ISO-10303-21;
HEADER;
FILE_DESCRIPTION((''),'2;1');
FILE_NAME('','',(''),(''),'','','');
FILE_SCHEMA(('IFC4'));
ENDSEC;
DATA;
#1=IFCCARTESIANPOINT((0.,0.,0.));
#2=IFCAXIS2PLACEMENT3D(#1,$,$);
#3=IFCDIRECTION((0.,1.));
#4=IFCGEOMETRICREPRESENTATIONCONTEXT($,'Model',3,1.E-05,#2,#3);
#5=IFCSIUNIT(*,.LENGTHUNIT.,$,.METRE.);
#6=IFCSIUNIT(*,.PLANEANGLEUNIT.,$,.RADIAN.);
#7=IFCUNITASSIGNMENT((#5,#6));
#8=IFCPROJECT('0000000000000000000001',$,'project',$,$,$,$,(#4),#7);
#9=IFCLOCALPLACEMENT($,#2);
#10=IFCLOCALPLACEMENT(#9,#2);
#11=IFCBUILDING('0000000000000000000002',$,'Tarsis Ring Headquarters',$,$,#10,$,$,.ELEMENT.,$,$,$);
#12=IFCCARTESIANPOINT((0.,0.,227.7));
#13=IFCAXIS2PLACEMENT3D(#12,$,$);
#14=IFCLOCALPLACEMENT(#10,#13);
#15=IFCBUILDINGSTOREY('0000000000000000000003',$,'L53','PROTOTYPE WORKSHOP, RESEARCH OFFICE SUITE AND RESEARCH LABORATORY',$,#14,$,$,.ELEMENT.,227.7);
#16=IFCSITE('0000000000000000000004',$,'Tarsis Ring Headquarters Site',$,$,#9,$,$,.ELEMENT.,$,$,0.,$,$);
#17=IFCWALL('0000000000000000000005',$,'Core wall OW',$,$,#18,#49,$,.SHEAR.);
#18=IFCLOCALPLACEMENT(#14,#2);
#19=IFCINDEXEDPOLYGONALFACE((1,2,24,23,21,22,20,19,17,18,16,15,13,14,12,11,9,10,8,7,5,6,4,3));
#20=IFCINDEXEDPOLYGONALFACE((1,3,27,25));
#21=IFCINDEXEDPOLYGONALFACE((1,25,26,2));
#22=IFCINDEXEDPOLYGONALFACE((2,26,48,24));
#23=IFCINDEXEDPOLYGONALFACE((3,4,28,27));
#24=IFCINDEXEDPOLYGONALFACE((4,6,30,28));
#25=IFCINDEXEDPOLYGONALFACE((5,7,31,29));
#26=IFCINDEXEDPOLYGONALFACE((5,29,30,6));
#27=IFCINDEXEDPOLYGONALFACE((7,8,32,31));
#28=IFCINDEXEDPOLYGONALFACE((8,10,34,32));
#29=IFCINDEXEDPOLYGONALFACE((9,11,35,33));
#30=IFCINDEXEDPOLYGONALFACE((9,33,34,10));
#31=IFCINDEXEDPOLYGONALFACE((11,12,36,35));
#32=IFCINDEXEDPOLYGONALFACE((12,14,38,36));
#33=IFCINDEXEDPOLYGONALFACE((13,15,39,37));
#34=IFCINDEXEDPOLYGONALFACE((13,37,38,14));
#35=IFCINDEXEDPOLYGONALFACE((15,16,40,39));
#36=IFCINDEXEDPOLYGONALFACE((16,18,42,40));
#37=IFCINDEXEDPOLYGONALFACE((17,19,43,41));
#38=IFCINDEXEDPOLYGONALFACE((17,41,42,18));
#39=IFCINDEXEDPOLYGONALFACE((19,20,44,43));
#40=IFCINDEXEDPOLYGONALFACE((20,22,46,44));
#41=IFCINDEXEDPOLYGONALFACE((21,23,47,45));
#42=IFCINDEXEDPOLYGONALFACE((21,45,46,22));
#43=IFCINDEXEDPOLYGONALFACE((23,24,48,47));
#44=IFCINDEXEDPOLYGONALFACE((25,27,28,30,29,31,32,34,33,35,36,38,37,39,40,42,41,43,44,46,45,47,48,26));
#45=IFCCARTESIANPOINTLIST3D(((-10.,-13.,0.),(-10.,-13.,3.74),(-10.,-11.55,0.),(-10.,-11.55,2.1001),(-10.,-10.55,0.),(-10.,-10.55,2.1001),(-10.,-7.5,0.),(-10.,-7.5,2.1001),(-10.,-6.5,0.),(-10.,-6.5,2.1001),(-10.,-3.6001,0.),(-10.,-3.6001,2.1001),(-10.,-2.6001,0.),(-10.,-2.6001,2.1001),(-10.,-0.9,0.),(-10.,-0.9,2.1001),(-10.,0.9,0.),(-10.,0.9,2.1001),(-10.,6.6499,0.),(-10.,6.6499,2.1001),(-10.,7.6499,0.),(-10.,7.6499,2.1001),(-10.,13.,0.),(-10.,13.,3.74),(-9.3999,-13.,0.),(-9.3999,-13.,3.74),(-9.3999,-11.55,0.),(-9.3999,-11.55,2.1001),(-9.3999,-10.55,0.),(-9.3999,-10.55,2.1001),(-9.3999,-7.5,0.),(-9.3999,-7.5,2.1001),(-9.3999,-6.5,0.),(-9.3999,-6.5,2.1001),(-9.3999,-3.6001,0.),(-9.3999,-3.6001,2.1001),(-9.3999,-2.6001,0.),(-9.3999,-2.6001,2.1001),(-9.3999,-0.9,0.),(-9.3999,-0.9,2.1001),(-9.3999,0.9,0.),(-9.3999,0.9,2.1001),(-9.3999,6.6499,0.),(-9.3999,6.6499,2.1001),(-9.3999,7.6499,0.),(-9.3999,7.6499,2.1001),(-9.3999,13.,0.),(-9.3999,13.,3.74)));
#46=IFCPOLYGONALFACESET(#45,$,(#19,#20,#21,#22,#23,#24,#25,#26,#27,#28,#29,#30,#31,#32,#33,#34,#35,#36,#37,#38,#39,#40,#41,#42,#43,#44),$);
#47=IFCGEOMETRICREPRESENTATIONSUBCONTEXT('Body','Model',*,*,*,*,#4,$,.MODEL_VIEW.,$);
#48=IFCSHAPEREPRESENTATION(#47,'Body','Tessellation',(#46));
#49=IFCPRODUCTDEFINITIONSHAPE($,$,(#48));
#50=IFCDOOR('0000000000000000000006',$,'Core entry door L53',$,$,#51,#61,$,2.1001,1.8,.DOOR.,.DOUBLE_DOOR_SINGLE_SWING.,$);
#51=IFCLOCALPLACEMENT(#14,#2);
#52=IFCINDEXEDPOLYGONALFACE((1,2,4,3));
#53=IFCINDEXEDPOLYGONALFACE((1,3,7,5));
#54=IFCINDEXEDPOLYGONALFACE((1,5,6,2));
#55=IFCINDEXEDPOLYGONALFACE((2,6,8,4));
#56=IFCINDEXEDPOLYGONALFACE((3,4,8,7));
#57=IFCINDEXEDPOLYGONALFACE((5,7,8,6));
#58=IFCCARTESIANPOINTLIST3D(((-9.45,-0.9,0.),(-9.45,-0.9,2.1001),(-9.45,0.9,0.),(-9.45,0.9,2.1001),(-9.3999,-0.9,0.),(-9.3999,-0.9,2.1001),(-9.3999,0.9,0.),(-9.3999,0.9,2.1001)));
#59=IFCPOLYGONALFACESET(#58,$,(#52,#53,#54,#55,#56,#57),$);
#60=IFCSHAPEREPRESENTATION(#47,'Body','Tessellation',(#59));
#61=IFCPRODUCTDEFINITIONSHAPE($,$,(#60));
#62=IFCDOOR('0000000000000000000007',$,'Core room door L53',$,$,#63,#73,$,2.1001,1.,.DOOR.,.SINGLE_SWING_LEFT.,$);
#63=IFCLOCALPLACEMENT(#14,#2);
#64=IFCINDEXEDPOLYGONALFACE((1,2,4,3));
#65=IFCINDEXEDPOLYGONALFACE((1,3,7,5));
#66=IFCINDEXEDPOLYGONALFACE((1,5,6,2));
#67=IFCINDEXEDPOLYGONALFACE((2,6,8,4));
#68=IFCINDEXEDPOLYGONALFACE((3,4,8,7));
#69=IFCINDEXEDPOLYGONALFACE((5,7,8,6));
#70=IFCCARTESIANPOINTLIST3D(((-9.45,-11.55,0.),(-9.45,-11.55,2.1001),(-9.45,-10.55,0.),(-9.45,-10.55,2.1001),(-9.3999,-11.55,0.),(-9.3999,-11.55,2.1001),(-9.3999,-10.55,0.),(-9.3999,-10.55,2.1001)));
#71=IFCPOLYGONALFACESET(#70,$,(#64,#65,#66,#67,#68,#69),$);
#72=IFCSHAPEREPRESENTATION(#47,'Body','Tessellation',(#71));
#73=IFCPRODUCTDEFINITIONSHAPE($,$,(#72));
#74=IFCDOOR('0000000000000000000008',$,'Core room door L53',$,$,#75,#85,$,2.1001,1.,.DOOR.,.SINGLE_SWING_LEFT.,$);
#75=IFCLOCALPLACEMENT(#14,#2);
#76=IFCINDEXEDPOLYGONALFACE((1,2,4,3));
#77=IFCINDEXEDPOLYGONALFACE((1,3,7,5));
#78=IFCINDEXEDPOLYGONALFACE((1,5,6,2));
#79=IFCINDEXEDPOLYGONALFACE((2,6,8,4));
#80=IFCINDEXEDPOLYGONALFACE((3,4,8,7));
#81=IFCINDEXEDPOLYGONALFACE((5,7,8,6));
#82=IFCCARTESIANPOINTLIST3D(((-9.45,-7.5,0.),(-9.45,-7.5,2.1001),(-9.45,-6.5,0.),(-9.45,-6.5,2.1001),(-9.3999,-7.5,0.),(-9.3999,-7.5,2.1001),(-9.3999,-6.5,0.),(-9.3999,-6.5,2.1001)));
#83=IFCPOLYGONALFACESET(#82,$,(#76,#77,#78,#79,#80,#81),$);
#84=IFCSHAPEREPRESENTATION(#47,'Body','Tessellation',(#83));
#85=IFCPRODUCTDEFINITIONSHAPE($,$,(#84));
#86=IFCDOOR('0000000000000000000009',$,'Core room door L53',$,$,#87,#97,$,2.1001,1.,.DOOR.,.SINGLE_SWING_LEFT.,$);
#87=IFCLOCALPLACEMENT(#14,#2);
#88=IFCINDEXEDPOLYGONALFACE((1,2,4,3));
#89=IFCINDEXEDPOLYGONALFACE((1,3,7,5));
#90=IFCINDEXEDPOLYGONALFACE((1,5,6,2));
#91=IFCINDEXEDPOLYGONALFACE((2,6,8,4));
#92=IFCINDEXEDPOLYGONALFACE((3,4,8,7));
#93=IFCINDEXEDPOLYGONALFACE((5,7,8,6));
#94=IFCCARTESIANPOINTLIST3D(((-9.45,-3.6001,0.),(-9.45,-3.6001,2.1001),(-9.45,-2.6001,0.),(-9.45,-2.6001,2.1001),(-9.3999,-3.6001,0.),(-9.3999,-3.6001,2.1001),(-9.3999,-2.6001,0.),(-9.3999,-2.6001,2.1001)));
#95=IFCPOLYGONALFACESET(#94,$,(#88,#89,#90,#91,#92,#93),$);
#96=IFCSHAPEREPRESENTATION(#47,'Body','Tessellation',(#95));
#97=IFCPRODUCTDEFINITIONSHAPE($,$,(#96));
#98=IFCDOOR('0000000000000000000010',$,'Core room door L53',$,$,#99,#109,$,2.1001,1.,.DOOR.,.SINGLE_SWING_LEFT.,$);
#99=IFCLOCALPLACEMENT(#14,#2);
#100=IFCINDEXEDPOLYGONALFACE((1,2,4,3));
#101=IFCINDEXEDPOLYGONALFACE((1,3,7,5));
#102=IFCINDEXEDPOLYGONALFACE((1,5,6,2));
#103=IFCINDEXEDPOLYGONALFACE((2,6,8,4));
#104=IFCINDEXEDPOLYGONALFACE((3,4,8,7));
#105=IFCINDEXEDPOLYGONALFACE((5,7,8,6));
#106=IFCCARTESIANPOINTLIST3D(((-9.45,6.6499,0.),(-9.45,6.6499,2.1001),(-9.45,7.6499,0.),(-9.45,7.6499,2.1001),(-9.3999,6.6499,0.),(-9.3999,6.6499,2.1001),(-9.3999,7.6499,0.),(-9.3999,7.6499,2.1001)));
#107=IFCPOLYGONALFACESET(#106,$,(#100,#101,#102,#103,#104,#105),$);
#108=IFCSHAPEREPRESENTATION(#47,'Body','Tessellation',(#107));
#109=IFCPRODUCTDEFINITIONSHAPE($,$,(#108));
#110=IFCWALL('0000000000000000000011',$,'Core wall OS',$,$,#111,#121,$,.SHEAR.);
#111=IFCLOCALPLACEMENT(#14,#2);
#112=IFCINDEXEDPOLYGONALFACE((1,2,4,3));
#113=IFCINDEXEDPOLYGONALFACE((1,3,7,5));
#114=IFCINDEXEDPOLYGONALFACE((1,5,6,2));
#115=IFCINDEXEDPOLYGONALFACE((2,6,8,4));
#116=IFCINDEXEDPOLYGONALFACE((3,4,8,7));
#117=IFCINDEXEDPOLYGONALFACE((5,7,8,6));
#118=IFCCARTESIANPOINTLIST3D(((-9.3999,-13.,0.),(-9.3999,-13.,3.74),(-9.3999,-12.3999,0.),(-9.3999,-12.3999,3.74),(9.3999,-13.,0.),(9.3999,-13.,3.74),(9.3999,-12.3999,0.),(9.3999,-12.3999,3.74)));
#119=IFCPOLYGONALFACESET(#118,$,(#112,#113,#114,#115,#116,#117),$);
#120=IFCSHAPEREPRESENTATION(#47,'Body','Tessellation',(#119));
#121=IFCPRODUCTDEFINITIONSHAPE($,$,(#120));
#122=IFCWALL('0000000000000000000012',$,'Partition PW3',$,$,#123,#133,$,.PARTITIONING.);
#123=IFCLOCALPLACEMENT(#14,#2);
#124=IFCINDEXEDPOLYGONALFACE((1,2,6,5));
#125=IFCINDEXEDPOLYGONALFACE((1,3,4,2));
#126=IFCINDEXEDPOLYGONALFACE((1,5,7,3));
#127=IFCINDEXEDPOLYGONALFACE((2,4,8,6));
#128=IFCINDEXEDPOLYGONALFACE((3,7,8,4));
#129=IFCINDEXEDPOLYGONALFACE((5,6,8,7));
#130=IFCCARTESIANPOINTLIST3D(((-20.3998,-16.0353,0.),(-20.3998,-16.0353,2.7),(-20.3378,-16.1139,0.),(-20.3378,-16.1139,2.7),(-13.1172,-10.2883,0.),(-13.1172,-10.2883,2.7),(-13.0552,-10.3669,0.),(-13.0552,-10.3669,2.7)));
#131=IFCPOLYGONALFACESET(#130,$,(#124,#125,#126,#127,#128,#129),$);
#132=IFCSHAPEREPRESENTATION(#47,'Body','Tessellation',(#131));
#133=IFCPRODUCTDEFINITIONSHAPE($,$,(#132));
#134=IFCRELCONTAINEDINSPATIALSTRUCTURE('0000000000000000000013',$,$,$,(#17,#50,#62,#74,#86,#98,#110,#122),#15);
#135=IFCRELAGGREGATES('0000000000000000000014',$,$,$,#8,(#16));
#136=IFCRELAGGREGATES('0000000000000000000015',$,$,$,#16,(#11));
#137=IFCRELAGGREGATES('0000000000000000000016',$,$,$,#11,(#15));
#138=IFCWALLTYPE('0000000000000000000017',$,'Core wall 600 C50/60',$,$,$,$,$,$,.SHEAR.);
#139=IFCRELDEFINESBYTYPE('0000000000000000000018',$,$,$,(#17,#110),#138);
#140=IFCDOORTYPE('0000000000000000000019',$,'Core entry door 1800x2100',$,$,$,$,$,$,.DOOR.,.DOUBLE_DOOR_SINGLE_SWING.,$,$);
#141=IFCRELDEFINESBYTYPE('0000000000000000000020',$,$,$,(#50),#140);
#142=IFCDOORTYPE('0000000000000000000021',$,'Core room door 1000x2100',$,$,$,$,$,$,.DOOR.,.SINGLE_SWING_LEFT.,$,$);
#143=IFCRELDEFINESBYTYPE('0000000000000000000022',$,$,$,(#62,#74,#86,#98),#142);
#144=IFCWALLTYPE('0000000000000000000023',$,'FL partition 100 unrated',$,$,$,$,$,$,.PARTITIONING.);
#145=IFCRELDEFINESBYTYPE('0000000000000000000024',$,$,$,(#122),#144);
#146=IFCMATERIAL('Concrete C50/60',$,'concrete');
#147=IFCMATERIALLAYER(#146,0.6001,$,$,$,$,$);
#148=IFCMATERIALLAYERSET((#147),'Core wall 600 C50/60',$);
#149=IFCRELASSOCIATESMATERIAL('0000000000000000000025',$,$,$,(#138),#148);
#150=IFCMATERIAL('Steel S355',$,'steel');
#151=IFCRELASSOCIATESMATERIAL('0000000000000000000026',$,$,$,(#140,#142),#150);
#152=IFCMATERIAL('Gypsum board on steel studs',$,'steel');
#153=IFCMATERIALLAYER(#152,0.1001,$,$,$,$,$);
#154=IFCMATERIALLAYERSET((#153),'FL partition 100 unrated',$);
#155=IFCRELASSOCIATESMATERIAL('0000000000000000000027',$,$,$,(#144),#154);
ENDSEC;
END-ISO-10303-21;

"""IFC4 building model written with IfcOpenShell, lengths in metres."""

from ifc_helpers import new_model, si_unit, direction, frame, frame_2d, origin, place, context, subcontext, project, spatial, rectangle, extrude, material, layer, layer_set, type_object, element, fill, save


model = new_model("IFC4")

# Units and contexts
model_context = context("Model", 3, precision=1e-05, world=origin(), true_north=direction((0.0, 1.0)))
body_context = subcontext(model_context, "Body", "Model", "MODEL_VIEW")
ifc_project = project(units=[si_unit("LENGTHUNIT", "METRE"), si_unit("PLANEANGLEUNIT", "RADIAN")], contexts=[model_context])

# Site, building, storey
site_placement = place(None, origin())
site = spatial("IfcSite", under=ifc_project, at=site_placement, Name="Tarsis Ring Headquarters Site", CompositionType="ELEMENT", RefElevation=0.0)
building_placement = place(site_placement, origin())
building = spatial("IfcBuilding", under=site, at=building_placement, Name="Tarsis Ring Headquarters", CompositionType="ELEMENT")
storey_placement = place(building_placement, frame((0.0, 0.0, 227.7)))
storey = spatial("IfcBuildingStorey", under=building, at=storey_placement, Name="L53", Description="PROTOTYPE WORKSHOP, RESEARCH OFFICE SUITE AND RESEARCH LABORATORY", CompositionType="ELEMENT", Elevation=227.7)

# Wall, openings, doors
ifc_material_1 = material(Name="Concrete C50/60", Category="concrete")
ifc_layer_1 = layer(ifc_material_1, 0.6001)
ifc_layer_set_1 = layer_set([ifc_layer_1], Name="Core wall 600 C50/60")
wall_type_1 = type_object("IfcWallType", Name="Core wall 600 C50/60", PredefinedType="SHEAR", material=ifc_layer_set_1)
wall_1_placement = place(storey_placement, frame((-9.7, -13.0, 0.0), z_axis=(0.0, 0.0, 1.0), x_axis=(0.0, 1.0, 0.0)))
wall_1 = element("IfcWall", 1, at=wall_1_placement, inside=storey, type_object=wall_type_1, Name="Core wall OW", PredefinedType="SHEAR", context=body_context, shape_type="SweptSolid", body=[
    extrude(rectangle(XDim=26.0, YDim=0.6001, at=frame_2d((13.0, 0.0))), origin(), (0.0, 0.0, 1.0), 3.74),
])
opening_1_placement = place(wall_1_placement, frame((1.45, 0.0, 0.0)))
opening_1 = element("IfcOpeningElement", 2, at=opening_1_placement, cuts=wall_1, PredefinedType="OPENING", context=body_context, shape_type="SweptSolid", body=[
    extrude(rectangle(XDim=1.0, YDim=2.1001, at=frame_2d((0.5, 1.05))), frame((0.0, 0.3101, 0.0), z_axis=(0.0, -1.0, 0.0), x_axis=(1.0, 0.0, 0.0)), (0.0, 0.0, 1.0), 0.6201),
])
opening_2_placement = place(wall_1_placement, frame((5.5, 0.0, 0.0)))
opening_2 = element("IfcOpeningElement", 3, at=opening_2_placement, cuts=wall_1, PredefinedType="OPENING", context=body_context, shape_type="SweptSolid", body=[
    extrude(rectangle(XDim=1.0, YDim=2.1001, at=frame_2d((0.5, 1.05))), frame((0.0, 0.3101, 0.0), z_axis=(0.0, -1.0, 0.0), x_axis=(1.0, 0.0, 0.0)), (0.0, 0.0, 1.0), 0.6201),
])
opening_3_placement = place(wall_1_placement, frame((9.3999, 0.0, 0.0)))
opening_3 = element("IfcOpeningElement", 4, at=opening_3_placement, cuts=wall_1, PredefinedType="OPENING", context=body_context, shape_type="SweptSolid", body=[
    extrude(rectangle(XDim=1.0, YDim=2.1001, at=frame_2d((0.5, 1.05))), frame((0.0, 0.3101, 0.0), z_axis=(0.0, -1.0, 0.0), x_axis=(1.0, 0.0, 0.0)), (0.0, 0.0, 1.0), 0.6201),
])
opening_4_placement = place(wall_1_placement, frame((12.1001, 0.0, 0.0)))
opening_4 = element("IfcOpeningElement", 5, at=opening_4_placement, cuts=wall_1, PredefinedType="OPENING", context=body_context, shape_type="SweptSolid", body=[
    extrude(rectangle(XDim=1.8, YDim=2.1001, at=frame_2d((0.8999, 1.05))), frame((0.0, 0.3101, 0.0), z_axis=(0.0, -1.0, 0.0), x_axis=(1.0, 0.0, 0.0)), (0.0, 0.0, 1.0), 0.6201),
])
opening_5_placement = place(wall_1_placement, frame((19.6499, 0.0, 0.0)))
opening_5 = element("IfcOpeningElement", 6, at=opening_5_placement, cuts=wall_1, PredefinedType="OPENING", context=body_context, shape_type="SweptSolid", body=[
    extrude(rectangle(XDim=1.0, YDim=2.1001, at=frame_2d((0.5, 1.05))), frame((0.0, 0.3101, 0.0), z_axis=(0.0, -1.0, 0.0), x_axis=(1.0, 0.0, 0.0)), (0.0, 0.0, 1.0), 0.6201),
])
ifc_material_2 = material(Name="Steel S355", Category="steel")
door_type_1 = type_object("IfcDoorType", Name="Core entry door 1800x2100", OperationType="DOUBLE_DOOR_SINGLE_SWING", PredefinedType="DOOR", material=ifc_material_2)
door_1_placement = place(opening_4_placement, origin())
door_1 = element("IfcDoor", 7, at=door_1_placement, inside=storey, type_object=door_type_1, Name="Core entry door L53", OperationType="DOUBLE_DOOR_SINGLE_SWING", OverallHeight=2.1001, OverallWidth=1.8, PredefinedType="DOOR", context=body_context, shape_type="SweptSolid", body=[
    extrude(rectangle(XDim=1.8, YDim=2.1001, at=frame_2d((0.8999, 1.05))), frame((0.0, -0.25, 0.0), z_axis=(0.0, -1.0, 0.0), x_axis=(1.0, 0.0, 0.0)), (0.0, 0.0, 1.0), 0.05),
])
fill(opening_4, door_1)
door_type_2 = type_object("IfcDoorType", Name="Core room door 1000x2100", OperationType="SINGLE_SWING_LEFT", PredefinedType="DOOR", material=ifc_material_2)
door_2_placement = place(opening_1_placement, origin())
door_2 = element("IfcDoor", 8, at=door_2_placement, inside=storey, type_object=door_type_2, Name="Core room door L53", OperationType="SINGLE_SWING_LEFT", OverallHeight=2.1001, OverallWidth=1.0, PredefinedType="DOOR", context=body_context, shape_type="SweptSolid", body=[
    extrude(rectangle(XDim=1.0, YDim=2.1001, at=frame_2d((0.5, 1.05))), frame((0.0, -0.25, 0.0), z_axis=(0.0, -1.0, 0.0), x_axis=(1.0, 0.0, 0.0)), (0.0, 0.0, 1.0), 0.05),
])
fill(opening_1, door_2)
door_3_placement = place(opening_2_placement, origin())
door_3 = element("IfcDoor", 9, at=door_3_placement, inside=storey, type_object=door_type_2, Name="Core room door L53", OperationType="SINGLE_SWING_LEFT", OverallHeight=2.1001, OverallWidth=1.0, PredefinedType="DOOR", context=body_context, shape_type="SweptSolid", body=[
    extrude(rectangle(XDim=1.0, YDim=2.1001, at=frame_2d((0.5, 1.05))), frame((0.0, -0.25, 0.0), z_axis=(0.0, -1.0, 0.0), x_axis=(1.0, 0.0, 0.0)), (0.0, 0.0, 1.0), 0.05),
])
fill(opening_2, door_3)
door_4_placement = place(opening_3_placement, origin())
door_4 = element("IfcDoor", 10, at=door_4_placement, inside=storey, type_object=door_type_2, Name="Core room door L53", OperationType="SINGLE_SWING_LEFT", OverallHeight=2.1001, OverallWidth=1.0, PredefinedType="DOOR", context=body_context, shape_type="SweptSolid", body=[
    extrude(rectangle(XDim=1.0, YDim=2.1001, at=frame_2d((0.5, 1.05))), frame((0.0, -0.25, 0.0), z_axis=(0.0, -1.0, 0.0), x_axis=(1.0, 0.0, 0.0)), (0.0, 0.0, 1.0), 0.05),
])
fill(opening_3, door_4)
door_5_placement = place(opening_5_placement, origin())
door_5 = element("IfcDoor", 11, at=door_5_placement, inside=storey, type_object=door_type_2, Name="Core room door L53", OperationType="SINGLE_SWING_LEFT", OverallHeight=2.1001, OverallWidth=1.0, PredefinedType="DOOR", context=body_context, shape_type="SweptSolid", body=[
    extrude(rectangle(XDim=1.0, YDim=2.1001, at=frame_2d((0.5, 1.05))), frame((0.0, -0.25, 0.0), z_axis=(0.0, -1.0, 0.0), x_axis=(1.0, 0.0, 0.0)), (0.0, 0.0, 1.0), 0.05),
])
fill(opening_5, door_5)

# Walls
wall_2_placement = place(storey_placement, frame((-9.3999, -12.7, 0.0), z_axis=(0.0, 0.0, 1.0), x_axis=(1.0, 0.0, 0.0)))
element("IfcWall", 12, at=wall_2_placement, inside=storey, type_object=wall_type_1, Name="Core wall OS", PredefinedType="SHEAR", context=body_context, shape_type="SweptSolid", body=[
    extrude(rectangle(XDim=18.7998, YDim=0.6001, at=frame_2d((9.3999, 0.0))), origin(), (0.0, 0.0, 1.0), 3.74),
])
ifc_material_3 = material(Name="Gypsum board on steel studs", Category="steel")
ifc_layer_2 = layer(ifc_material_3, 0.1001)
ifc_layer_set_2 = layer_set([ifc_layer_2], Name="FL partition 100 unrated")
wall_type_2 = type_object("IfcWallType", Name="FL partition 100 unrated", PredefinedType="PARTITIONING", material=ifc_layer_set_2)
wall_3_placement = place(storey_placement, frame((-20.3689, -16.0747, 0.0), z_axis=(0.0, 0.0, 1.0), x_axis=(0.785011, 0.619482, 0.0)))
element("IfcWall", 13, at=wall_3_placement, inside=storey, type_object=wall_type_2, Name="Partition PW3", PredefinedType="PARTITIONING", context=body_context, shape_type="SweptSolid", body=[
    extrude(rectangle(XDim=9.2771, YDim=0.1001, at=frame_2d((4.6387, 0.0))), origin(), (0.0, 0.0, 1.0), 2.7),
])

save(model, "model.ifc")
